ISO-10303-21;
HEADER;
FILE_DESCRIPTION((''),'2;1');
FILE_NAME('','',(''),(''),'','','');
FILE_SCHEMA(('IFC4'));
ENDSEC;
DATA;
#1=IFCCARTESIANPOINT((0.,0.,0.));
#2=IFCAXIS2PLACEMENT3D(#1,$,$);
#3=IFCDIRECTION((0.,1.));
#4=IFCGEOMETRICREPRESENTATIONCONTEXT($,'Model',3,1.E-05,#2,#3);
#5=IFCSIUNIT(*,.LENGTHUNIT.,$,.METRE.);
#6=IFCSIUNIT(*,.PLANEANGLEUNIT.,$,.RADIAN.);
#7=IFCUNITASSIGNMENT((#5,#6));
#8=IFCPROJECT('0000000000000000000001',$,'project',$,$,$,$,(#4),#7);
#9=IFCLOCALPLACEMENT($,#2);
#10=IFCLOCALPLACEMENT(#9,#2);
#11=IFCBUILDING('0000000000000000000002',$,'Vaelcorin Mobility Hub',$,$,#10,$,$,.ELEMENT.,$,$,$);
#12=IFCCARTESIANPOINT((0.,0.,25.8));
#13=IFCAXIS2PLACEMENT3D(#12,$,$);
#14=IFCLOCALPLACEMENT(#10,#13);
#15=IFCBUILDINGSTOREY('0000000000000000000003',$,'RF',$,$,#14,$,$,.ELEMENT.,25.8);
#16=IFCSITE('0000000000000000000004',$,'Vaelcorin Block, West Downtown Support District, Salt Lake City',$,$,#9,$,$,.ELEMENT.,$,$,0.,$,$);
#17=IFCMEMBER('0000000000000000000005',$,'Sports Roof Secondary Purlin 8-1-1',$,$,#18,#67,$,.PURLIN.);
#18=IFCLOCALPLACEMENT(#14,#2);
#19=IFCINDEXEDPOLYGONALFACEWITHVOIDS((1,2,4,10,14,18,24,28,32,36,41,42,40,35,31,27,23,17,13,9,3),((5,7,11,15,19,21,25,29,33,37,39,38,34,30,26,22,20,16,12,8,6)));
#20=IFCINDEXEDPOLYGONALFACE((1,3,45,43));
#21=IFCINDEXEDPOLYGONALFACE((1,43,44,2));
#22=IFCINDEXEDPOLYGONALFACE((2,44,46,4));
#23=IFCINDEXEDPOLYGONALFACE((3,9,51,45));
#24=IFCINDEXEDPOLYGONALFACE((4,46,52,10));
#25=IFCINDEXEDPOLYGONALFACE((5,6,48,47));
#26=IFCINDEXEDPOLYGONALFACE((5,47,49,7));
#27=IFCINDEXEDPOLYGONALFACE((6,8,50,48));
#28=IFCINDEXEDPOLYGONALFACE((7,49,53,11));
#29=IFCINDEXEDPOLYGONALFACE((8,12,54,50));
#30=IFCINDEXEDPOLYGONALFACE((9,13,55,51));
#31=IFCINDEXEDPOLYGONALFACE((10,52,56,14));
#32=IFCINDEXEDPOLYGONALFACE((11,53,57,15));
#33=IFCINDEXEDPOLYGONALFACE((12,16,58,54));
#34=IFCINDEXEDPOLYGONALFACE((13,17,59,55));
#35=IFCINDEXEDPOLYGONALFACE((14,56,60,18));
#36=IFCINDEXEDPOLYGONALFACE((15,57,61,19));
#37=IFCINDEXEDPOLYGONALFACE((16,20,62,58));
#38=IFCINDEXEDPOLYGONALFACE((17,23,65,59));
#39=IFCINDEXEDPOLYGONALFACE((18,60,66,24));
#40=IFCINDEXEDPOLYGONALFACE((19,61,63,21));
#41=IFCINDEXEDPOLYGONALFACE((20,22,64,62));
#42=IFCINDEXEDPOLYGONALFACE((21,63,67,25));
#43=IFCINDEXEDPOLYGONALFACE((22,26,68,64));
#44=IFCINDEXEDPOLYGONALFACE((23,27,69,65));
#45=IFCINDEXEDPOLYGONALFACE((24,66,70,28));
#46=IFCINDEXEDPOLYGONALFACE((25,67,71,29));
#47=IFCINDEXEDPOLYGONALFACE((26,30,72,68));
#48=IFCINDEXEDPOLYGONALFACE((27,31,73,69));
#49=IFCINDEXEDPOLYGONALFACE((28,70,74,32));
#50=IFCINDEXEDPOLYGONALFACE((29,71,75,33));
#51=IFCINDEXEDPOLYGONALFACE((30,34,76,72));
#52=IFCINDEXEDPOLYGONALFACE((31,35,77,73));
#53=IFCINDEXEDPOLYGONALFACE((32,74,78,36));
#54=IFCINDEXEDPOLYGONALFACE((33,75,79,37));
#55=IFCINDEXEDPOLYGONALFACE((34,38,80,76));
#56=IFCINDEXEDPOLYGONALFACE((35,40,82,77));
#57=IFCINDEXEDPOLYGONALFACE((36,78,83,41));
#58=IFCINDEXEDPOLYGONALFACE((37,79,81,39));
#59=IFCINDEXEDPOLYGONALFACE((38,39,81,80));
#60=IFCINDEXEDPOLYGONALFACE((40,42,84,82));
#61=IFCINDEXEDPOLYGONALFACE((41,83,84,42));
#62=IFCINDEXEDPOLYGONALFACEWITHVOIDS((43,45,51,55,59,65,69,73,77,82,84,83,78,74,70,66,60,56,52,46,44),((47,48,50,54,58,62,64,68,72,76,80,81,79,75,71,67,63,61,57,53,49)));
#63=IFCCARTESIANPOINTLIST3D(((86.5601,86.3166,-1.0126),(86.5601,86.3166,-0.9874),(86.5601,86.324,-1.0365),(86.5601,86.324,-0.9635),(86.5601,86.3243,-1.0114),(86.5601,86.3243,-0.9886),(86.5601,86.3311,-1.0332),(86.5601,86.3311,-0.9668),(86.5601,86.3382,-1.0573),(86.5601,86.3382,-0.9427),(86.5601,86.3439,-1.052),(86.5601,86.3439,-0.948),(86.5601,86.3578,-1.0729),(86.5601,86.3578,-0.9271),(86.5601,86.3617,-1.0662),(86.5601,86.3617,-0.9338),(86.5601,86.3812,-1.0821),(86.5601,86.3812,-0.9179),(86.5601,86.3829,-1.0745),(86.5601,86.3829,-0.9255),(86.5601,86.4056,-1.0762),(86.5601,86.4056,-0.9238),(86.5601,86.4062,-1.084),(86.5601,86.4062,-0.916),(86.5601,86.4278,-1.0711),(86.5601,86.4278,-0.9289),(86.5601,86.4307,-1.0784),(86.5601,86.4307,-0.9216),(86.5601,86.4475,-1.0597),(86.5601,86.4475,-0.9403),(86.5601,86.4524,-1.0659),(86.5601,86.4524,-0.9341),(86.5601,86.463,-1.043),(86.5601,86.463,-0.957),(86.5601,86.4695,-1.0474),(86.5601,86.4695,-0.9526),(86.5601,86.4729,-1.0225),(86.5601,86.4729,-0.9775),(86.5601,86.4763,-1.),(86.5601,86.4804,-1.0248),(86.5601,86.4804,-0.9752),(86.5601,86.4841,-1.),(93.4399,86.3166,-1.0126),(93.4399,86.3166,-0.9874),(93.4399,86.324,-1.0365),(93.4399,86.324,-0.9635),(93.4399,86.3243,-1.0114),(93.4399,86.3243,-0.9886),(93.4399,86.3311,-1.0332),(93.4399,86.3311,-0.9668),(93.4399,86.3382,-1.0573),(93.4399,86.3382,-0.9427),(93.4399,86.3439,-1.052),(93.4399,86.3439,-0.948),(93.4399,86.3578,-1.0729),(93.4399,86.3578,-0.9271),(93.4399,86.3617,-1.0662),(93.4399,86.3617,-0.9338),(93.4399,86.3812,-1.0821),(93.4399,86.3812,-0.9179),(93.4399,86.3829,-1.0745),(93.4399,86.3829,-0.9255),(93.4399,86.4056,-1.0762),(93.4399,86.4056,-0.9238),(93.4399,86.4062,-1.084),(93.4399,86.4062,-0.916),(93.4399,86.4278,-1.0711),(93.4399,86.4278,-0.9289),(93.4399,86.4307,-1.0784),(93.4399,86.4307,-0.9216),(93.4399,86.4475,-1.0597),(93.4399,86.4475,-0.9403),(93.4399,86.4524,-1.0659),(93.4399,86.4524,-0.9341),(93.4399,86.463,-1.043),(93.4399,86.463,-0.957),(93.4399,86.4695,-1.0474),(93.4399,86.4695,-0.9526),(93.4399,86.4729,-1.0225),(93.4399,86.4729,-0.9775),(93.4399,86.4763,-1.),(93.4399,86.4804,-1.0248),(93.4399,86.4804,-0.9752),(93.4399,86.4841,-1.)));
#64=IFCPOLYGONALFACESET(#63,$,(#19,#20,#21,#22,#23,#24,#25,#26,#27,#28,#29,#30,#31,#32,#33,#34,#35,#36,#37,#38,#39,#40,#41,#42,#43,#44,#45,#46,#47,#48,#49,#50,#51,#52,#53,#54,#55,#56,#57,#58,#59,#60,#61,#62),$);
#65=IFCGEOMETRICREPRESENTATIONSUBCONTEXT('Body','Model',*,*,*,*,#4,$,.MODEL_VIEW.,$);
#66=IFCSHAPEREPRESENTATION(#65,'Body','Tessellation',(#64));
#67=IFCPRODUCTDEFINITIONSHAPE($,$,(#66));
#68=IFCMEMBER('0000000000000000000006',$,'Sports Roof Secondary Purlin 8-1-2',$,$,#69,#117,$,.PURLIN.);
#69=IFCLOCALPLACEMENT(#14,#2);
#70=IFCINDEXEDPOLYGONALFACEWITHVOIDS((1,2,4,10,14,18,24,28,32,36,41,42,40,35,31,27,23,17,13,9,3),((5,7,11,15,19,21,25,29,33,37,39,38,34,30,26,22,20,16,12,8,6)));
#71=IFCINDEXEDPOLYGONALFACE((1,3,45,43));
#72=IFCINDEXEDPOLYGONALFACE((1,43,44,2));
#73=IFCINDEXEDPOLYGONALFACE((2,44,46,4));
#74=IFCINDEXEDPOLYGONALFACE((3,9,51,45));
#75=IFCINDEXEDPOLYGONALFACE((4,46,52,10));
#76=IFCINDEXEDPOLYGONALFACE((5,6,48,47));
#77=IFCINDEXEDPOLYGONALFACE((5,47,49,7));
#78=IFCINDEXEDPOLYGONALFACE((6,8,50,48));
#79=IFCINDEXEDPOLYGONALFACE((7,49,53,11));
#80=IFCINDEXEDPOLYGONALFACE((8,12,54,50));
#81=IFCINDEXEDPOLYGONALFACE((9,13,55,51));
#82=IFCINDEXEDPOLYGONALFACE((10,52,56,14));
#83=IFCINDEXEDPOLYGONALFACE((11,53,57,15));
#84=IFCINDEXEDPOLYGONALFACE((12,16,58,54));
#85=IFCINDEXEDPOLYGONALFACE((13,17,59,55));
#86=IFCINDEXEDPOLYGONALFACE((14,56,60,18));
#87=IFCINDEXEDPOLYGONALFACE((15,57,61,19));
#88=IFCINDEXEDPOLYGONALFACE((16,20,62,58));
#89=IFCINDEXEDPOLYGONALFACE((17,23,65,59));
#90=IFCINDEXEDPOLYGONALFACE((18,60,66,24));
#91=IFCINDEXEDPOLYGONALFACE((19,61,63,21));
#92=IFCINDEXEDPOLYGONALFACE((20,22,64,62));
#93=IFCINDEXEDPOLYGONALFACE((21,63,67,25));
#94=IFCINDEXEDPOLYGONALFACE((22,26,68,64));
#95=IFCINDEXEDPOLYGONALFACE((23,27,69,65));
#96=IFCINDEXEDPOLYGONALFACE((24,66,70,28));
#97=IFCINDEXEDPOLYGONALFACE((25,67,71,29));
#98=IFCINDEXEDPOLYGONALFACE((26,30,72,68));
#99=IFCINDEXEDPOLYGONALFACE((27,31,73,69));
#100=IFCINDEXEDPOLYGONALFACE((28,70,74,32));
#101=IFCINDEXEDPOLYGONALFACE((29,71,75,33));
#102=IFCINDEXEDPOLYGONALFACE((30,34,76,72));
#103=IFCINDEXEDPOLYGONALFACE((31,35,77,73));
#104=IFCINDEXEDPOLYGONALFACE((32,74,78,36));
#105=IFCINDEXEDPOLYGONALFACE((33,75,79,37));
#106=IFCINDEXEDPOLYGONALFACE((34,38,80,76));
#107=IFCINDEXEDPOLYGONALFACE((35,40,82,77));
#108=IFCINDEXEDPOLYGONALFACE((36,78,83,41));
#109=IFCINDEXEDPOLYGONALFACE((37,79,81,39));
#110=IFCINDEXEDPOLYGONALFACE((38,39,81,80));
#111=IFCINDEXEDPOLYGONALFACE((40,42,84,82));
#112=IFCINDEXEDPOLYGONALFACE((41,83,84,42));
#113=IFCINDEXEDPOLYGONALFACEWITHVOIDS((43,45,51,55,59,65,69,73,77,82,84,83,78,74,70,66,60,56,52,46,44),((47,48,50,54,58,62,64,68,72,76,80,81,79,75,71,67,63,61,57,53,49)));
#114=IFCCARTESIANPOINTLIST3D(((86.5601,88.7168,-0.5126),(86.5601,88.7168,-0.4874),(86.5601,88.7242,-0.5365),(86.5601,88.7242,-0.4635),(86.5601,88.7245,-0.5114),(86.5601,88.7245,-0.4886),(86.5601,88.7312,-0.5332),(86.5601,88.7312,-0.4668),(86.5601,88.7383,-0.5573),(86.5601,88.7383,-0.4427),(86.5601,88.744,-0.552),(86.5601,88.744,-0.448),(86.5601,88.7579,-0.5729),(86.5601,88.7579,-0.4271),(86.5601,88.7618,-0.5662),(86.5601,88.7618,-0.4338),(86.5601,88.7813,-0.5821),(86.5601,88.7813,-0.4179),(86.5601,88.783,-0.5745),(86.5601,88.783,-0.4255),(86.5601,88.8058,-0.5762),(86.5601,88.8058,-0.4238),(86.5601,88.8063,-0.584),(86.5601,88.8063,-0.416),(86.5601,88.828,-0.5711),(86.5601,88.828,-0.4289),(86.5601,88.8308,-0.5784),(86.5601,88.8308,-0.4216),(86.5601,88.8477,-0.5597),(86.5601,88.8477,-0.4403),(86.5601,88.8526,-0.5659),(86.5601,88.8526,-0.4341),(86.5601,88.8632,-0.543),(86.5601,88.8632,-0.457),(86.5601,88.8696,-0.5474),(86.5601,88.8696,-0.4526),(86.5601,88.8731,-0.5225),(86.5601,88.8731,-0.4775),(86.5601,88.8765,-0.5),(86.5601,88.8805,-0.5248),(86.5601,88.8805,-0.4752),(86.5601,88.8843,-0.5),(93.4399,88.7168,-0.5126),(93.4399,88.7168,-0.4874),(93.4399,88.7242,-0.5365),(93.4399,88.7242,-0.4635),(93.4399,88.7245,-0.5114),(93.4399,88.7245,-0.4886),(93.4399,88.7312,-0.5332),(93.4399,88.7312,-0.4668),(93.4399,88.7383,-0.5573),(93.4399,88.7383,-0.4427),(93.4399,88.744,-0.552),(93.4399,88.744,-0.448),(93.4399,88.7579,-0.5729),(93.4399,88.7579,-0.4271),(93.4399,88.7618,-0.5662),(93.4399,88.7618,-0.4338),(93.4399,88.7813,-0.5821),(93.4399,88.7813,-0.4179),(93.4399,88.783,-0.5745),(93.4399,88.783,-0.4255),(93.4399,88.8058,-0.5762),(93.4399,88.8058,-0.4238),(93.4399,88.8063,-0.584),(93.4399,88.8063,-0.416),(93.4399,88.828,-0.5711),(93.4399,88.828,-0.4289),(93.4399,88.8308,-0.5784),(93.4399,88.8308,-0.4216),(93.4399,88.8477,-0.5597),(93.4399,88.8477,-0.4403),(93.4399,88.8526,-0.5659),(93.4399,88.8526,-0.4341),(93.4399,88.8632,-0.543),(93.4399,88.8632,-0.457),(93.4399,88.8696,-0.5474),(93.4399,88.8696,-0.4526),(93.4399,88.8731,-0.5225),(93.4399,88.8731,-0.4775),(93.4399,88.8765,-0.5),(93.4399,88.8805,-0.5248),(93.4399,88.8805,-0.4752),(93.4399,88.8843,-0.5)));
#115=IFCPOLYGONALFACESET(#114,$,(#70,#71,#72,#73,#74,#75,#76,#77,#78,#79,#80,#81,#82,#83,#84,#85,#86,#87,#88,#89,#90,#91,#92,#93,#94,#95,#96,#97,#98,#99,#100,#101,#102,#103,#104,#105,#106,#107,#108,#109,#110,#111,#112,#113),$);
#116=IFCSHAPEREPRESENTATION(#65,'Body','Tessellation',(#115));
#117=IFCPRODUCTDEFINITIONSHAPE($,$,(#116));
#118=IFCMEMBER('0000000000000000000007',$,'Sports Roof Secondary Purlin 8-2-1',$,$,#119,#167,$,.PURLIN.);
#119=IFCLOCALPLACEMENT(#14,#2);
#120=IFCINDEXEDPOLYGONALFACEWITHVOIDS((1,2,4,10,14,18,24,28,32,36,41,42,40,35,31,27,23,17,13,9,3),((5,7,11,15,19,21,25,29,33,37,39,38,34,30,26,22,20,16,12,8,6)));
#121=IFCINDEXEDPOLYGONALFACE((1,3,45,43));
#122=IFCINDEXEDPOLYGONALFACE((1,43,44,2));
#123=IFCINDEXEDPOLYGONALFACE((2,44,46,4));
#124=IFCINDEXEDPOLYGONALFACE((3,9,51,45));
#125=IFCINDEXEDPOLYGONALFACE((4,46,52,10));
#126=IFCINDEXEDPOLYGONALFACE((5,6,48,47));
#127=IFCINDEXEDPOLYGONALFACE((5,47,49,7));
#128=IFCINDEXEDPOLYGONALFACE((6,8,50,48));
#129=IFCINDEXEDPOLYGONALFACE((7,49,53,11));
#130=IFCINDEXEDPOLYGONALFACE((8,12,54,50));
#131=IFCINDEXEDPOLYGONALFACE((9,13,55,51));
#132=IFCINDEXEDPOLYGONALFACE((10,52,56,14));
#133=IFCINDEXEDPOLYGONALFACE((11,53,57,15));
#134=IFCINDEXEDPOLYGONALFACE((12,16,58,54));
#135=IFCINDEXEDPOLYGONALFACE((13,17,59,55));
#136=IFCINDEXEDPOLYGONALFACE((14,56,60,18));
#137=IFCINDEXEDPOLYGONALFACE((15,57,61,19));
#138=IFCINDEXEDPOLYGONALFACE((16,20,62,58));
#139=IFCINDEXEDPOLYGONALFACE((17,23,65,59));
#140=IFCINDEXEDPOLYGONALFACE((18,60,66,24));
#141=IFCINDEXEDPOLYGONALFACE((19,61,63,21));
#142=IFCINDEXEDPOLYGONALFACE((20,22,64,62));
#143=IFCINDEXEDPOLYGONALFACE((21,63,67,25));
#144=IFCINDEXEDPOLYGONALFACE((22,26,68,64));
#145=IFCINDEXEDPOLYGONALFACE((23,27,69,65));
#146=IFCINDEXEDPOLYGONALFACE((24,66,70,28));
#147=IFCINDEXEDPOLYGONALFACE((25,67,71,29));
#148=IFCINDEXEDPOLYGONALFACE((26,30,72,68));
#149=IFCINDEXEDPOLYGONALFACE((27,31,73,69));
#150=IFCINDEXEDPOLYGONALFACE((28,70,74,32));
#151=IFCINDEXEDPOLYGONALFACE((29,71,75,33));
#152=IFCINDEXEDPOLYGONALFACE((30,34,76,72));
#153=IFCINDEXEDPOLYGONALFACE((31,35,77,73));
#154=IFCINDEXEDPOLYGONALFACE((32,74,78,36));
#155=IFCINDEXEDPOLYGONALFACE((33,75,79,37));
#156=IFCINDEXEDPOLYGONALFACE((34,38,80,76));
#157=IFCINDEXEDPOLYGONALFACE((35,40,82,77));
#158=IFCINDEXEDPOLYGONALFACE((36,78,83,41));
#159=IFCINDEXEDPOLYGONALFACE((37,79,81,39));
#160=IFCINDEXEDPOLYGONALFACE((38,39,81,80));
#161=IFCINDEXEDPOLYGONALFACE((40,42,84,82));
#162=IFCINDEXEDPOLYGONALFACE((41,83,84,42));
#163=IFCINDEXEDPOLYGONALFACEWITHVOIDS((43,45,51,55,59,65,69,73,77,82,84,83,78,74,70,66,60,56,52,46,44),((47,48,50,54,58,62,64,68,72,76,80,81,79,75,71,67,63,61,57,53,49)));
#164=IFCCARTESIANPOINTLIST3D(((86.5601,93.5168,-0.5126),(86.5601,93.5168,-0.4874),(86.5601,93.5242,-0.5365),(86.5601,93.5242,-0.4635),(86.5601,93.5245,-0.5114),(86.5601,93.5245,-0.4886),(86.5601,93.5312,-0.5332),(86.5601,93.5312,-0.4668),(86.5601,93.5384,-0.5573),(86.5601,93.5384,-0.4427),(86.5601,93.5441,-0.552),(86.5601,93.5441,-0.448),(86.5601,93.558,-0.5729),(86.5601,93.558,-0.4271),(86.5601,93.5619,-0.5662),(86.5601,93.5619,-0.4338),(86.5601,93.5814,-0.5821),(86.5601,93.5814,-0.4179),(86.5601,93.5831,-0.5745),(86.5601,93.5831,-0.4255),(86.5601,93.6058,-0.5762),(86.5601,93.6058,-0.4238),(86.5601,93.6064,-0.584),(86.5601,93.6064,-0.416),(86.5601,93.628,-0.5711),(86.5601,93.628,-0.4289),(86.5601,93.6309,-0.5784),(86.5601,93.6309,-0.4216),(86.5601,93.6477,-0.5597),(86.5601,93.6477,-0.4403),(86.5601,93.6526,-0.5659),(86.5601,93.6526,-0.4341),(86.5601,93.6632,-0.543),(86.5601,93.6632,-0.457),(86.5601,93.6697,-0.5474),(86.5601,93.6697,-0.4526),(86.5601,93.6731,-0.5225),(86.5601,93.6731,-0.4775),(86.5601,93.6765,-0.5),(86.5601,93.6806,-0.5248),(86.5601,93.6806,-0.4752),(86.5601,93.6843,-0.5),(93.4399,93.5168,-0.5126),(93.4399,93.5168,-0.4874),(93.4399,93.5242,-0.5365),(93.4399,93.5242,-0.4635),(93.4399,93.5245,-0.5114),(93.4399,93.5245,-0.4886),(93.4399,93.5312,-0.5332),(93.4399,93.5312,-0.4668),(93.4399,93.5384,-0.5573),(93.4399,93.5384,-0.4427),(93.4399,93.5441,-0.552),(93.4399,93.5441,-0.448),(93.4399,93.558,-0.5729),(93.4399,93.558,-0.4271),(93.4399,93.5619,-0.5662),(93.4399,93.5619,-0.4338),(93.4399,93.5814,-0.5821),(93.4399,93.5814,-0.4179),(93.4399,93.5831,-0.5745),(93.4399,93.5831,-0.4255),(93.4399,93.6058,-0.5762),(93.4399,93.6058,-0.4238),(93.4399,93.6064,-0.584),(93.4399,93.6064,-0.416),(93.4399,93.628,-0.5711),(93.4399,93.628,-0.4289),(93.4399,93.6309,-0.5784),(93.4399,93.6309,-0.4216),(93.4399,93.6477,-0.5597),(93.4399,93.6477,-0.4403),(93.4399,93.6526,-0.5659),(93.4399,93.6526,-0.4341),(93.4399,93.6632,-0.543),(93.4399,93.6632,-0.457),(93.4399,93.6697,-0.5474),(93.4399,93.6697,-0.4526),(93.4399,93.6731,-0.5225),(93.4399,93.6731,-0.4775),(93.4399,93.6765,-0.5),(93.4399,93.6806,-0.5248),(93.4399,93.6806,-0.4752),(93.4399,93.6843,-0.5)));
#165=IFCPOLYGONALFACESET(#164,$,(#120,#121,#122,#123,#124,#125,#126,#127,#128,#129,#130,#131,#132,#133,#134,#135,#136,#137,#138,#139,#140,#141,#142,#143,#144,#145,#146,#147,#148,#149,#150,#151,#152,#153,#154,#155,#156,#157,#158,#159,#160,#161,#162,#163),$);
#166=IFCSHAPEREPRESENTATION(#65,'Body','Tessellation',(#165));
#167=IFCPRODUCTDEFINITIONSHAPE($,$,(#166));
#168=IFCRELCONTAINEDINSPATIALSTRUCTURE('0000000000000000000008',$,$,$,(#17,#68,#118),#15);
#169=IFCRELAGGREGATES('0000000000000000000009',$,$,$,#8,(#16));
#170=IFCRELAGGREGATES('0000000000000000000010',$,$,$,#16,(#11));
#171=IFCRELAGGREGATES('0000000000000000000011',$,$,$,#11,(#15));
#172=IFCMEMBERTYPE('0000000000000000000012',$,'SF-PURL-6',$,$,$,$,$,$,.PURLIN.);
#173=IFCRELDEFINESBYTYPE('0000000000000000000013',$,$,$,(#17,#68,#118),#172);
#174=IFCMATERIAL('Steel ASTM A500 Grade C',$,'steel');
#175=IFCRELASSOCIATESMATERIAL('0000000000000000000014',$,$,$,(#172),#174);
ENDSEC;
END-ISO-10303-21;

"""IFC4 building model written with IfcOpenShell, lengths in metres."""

from ifc_helpers import new_model, si_unit, direction, frame, origin, origin_2d, place, context, subcontext, project, spatial, hollow_circle, extrude, material, material_profile, profile_set, type_object, element, save


model = new_model("IFC4")

# Units and contexts
model_context = context("Model", 3, precision=1e-05, world=origin(), true_north=direction((0.0, 1.0)))
body_context = subcontext(model_context, "Body", "Model", "MODEL_VIEW")
ifc_project = project(units=[si_unit("LENGTHUNIT", "METRE"), si_unit("PLANEANGLEUNIT", "RADIAN")], contexts=[model_context])

# Site, building, storey
site_placement = place(None, origin())
site = spatial("IfcSite", under=ifc_project, at=site_placement, Name="Vaelcorin Block, West Downtown Support District, Salt Lake City", CompositionType="ELEMENT", RefElevation=0.0)
building_placement = place(site_placement, origin())
building = spatial("IfcBuilding", under=site, at=building_placement, Name="Vaelcorin Mobility Hub", CompositionType="ELEMENT")
storey_placement = place(building_placement, frame((0.0, 0.0, 25.8)))
storey = spatial("IfcBuildingStorey", under=building, at=storey_placement, Name="RF", CompositionType="ELEMENT", Elevation=25.8)

# Members
ifc_material_1 = material(Name="Steel ASTM A500 Grade C", Category="steel")
ifc_material_profile_1 = material_profile(ifc_material_1, hollow_circle(Radius=0.0842, WallThickness=0.0078, at=origin_2d()), Name="HSS6.625X0.312")
ifc_profile_set_1 = profile_set([ifc_material_profile_1], Name="Steel ASTM A500 Grade C")
member_type_1 = type_object("IfcMemberType", Name="SF-PURL-6", PredefinedType="PURLIN", material=ifc_profile_set_1)
for number, where, z_axis, x_axis, name in (
    (1, (86.5601, 86.3999, -1.0), (1.0, 0.0, 0.0), (0.0, 1.0, 0.0), "Sports Roof Secondary Purlin 8-1-1"),
    (2, (86.5601, 88.8, -0.5), (1.0, 0.0, 0.0), (0.0, 1.0, 0.0), "Sports Roof Secondary Purlin 8-1-2"),
    (3, (86.5601, 93.6001, -0.5), (1.0, 0.0, 0.0), (0.0, 1.0, 0.0), "Sports Roof Secondary Purlin 8-2-1"),
):
    element("IfcMember", number, at=place(storey_placement, frame(where, z_axis=z_axis, x_axis=x_axis)), inside=storey, type_object=member_type_1, Name=name, PredefinedType="PURLIN", context=body_context, shape_type="SweptSolid", body=[
        extrude(hollow_circle(Radius=0.0842, WallThickness=0.0078, at=origin_2d()), origin(), (0.0, 0.0, 1.0), 6.8799),
    ])

save(model, "model.ifc")
